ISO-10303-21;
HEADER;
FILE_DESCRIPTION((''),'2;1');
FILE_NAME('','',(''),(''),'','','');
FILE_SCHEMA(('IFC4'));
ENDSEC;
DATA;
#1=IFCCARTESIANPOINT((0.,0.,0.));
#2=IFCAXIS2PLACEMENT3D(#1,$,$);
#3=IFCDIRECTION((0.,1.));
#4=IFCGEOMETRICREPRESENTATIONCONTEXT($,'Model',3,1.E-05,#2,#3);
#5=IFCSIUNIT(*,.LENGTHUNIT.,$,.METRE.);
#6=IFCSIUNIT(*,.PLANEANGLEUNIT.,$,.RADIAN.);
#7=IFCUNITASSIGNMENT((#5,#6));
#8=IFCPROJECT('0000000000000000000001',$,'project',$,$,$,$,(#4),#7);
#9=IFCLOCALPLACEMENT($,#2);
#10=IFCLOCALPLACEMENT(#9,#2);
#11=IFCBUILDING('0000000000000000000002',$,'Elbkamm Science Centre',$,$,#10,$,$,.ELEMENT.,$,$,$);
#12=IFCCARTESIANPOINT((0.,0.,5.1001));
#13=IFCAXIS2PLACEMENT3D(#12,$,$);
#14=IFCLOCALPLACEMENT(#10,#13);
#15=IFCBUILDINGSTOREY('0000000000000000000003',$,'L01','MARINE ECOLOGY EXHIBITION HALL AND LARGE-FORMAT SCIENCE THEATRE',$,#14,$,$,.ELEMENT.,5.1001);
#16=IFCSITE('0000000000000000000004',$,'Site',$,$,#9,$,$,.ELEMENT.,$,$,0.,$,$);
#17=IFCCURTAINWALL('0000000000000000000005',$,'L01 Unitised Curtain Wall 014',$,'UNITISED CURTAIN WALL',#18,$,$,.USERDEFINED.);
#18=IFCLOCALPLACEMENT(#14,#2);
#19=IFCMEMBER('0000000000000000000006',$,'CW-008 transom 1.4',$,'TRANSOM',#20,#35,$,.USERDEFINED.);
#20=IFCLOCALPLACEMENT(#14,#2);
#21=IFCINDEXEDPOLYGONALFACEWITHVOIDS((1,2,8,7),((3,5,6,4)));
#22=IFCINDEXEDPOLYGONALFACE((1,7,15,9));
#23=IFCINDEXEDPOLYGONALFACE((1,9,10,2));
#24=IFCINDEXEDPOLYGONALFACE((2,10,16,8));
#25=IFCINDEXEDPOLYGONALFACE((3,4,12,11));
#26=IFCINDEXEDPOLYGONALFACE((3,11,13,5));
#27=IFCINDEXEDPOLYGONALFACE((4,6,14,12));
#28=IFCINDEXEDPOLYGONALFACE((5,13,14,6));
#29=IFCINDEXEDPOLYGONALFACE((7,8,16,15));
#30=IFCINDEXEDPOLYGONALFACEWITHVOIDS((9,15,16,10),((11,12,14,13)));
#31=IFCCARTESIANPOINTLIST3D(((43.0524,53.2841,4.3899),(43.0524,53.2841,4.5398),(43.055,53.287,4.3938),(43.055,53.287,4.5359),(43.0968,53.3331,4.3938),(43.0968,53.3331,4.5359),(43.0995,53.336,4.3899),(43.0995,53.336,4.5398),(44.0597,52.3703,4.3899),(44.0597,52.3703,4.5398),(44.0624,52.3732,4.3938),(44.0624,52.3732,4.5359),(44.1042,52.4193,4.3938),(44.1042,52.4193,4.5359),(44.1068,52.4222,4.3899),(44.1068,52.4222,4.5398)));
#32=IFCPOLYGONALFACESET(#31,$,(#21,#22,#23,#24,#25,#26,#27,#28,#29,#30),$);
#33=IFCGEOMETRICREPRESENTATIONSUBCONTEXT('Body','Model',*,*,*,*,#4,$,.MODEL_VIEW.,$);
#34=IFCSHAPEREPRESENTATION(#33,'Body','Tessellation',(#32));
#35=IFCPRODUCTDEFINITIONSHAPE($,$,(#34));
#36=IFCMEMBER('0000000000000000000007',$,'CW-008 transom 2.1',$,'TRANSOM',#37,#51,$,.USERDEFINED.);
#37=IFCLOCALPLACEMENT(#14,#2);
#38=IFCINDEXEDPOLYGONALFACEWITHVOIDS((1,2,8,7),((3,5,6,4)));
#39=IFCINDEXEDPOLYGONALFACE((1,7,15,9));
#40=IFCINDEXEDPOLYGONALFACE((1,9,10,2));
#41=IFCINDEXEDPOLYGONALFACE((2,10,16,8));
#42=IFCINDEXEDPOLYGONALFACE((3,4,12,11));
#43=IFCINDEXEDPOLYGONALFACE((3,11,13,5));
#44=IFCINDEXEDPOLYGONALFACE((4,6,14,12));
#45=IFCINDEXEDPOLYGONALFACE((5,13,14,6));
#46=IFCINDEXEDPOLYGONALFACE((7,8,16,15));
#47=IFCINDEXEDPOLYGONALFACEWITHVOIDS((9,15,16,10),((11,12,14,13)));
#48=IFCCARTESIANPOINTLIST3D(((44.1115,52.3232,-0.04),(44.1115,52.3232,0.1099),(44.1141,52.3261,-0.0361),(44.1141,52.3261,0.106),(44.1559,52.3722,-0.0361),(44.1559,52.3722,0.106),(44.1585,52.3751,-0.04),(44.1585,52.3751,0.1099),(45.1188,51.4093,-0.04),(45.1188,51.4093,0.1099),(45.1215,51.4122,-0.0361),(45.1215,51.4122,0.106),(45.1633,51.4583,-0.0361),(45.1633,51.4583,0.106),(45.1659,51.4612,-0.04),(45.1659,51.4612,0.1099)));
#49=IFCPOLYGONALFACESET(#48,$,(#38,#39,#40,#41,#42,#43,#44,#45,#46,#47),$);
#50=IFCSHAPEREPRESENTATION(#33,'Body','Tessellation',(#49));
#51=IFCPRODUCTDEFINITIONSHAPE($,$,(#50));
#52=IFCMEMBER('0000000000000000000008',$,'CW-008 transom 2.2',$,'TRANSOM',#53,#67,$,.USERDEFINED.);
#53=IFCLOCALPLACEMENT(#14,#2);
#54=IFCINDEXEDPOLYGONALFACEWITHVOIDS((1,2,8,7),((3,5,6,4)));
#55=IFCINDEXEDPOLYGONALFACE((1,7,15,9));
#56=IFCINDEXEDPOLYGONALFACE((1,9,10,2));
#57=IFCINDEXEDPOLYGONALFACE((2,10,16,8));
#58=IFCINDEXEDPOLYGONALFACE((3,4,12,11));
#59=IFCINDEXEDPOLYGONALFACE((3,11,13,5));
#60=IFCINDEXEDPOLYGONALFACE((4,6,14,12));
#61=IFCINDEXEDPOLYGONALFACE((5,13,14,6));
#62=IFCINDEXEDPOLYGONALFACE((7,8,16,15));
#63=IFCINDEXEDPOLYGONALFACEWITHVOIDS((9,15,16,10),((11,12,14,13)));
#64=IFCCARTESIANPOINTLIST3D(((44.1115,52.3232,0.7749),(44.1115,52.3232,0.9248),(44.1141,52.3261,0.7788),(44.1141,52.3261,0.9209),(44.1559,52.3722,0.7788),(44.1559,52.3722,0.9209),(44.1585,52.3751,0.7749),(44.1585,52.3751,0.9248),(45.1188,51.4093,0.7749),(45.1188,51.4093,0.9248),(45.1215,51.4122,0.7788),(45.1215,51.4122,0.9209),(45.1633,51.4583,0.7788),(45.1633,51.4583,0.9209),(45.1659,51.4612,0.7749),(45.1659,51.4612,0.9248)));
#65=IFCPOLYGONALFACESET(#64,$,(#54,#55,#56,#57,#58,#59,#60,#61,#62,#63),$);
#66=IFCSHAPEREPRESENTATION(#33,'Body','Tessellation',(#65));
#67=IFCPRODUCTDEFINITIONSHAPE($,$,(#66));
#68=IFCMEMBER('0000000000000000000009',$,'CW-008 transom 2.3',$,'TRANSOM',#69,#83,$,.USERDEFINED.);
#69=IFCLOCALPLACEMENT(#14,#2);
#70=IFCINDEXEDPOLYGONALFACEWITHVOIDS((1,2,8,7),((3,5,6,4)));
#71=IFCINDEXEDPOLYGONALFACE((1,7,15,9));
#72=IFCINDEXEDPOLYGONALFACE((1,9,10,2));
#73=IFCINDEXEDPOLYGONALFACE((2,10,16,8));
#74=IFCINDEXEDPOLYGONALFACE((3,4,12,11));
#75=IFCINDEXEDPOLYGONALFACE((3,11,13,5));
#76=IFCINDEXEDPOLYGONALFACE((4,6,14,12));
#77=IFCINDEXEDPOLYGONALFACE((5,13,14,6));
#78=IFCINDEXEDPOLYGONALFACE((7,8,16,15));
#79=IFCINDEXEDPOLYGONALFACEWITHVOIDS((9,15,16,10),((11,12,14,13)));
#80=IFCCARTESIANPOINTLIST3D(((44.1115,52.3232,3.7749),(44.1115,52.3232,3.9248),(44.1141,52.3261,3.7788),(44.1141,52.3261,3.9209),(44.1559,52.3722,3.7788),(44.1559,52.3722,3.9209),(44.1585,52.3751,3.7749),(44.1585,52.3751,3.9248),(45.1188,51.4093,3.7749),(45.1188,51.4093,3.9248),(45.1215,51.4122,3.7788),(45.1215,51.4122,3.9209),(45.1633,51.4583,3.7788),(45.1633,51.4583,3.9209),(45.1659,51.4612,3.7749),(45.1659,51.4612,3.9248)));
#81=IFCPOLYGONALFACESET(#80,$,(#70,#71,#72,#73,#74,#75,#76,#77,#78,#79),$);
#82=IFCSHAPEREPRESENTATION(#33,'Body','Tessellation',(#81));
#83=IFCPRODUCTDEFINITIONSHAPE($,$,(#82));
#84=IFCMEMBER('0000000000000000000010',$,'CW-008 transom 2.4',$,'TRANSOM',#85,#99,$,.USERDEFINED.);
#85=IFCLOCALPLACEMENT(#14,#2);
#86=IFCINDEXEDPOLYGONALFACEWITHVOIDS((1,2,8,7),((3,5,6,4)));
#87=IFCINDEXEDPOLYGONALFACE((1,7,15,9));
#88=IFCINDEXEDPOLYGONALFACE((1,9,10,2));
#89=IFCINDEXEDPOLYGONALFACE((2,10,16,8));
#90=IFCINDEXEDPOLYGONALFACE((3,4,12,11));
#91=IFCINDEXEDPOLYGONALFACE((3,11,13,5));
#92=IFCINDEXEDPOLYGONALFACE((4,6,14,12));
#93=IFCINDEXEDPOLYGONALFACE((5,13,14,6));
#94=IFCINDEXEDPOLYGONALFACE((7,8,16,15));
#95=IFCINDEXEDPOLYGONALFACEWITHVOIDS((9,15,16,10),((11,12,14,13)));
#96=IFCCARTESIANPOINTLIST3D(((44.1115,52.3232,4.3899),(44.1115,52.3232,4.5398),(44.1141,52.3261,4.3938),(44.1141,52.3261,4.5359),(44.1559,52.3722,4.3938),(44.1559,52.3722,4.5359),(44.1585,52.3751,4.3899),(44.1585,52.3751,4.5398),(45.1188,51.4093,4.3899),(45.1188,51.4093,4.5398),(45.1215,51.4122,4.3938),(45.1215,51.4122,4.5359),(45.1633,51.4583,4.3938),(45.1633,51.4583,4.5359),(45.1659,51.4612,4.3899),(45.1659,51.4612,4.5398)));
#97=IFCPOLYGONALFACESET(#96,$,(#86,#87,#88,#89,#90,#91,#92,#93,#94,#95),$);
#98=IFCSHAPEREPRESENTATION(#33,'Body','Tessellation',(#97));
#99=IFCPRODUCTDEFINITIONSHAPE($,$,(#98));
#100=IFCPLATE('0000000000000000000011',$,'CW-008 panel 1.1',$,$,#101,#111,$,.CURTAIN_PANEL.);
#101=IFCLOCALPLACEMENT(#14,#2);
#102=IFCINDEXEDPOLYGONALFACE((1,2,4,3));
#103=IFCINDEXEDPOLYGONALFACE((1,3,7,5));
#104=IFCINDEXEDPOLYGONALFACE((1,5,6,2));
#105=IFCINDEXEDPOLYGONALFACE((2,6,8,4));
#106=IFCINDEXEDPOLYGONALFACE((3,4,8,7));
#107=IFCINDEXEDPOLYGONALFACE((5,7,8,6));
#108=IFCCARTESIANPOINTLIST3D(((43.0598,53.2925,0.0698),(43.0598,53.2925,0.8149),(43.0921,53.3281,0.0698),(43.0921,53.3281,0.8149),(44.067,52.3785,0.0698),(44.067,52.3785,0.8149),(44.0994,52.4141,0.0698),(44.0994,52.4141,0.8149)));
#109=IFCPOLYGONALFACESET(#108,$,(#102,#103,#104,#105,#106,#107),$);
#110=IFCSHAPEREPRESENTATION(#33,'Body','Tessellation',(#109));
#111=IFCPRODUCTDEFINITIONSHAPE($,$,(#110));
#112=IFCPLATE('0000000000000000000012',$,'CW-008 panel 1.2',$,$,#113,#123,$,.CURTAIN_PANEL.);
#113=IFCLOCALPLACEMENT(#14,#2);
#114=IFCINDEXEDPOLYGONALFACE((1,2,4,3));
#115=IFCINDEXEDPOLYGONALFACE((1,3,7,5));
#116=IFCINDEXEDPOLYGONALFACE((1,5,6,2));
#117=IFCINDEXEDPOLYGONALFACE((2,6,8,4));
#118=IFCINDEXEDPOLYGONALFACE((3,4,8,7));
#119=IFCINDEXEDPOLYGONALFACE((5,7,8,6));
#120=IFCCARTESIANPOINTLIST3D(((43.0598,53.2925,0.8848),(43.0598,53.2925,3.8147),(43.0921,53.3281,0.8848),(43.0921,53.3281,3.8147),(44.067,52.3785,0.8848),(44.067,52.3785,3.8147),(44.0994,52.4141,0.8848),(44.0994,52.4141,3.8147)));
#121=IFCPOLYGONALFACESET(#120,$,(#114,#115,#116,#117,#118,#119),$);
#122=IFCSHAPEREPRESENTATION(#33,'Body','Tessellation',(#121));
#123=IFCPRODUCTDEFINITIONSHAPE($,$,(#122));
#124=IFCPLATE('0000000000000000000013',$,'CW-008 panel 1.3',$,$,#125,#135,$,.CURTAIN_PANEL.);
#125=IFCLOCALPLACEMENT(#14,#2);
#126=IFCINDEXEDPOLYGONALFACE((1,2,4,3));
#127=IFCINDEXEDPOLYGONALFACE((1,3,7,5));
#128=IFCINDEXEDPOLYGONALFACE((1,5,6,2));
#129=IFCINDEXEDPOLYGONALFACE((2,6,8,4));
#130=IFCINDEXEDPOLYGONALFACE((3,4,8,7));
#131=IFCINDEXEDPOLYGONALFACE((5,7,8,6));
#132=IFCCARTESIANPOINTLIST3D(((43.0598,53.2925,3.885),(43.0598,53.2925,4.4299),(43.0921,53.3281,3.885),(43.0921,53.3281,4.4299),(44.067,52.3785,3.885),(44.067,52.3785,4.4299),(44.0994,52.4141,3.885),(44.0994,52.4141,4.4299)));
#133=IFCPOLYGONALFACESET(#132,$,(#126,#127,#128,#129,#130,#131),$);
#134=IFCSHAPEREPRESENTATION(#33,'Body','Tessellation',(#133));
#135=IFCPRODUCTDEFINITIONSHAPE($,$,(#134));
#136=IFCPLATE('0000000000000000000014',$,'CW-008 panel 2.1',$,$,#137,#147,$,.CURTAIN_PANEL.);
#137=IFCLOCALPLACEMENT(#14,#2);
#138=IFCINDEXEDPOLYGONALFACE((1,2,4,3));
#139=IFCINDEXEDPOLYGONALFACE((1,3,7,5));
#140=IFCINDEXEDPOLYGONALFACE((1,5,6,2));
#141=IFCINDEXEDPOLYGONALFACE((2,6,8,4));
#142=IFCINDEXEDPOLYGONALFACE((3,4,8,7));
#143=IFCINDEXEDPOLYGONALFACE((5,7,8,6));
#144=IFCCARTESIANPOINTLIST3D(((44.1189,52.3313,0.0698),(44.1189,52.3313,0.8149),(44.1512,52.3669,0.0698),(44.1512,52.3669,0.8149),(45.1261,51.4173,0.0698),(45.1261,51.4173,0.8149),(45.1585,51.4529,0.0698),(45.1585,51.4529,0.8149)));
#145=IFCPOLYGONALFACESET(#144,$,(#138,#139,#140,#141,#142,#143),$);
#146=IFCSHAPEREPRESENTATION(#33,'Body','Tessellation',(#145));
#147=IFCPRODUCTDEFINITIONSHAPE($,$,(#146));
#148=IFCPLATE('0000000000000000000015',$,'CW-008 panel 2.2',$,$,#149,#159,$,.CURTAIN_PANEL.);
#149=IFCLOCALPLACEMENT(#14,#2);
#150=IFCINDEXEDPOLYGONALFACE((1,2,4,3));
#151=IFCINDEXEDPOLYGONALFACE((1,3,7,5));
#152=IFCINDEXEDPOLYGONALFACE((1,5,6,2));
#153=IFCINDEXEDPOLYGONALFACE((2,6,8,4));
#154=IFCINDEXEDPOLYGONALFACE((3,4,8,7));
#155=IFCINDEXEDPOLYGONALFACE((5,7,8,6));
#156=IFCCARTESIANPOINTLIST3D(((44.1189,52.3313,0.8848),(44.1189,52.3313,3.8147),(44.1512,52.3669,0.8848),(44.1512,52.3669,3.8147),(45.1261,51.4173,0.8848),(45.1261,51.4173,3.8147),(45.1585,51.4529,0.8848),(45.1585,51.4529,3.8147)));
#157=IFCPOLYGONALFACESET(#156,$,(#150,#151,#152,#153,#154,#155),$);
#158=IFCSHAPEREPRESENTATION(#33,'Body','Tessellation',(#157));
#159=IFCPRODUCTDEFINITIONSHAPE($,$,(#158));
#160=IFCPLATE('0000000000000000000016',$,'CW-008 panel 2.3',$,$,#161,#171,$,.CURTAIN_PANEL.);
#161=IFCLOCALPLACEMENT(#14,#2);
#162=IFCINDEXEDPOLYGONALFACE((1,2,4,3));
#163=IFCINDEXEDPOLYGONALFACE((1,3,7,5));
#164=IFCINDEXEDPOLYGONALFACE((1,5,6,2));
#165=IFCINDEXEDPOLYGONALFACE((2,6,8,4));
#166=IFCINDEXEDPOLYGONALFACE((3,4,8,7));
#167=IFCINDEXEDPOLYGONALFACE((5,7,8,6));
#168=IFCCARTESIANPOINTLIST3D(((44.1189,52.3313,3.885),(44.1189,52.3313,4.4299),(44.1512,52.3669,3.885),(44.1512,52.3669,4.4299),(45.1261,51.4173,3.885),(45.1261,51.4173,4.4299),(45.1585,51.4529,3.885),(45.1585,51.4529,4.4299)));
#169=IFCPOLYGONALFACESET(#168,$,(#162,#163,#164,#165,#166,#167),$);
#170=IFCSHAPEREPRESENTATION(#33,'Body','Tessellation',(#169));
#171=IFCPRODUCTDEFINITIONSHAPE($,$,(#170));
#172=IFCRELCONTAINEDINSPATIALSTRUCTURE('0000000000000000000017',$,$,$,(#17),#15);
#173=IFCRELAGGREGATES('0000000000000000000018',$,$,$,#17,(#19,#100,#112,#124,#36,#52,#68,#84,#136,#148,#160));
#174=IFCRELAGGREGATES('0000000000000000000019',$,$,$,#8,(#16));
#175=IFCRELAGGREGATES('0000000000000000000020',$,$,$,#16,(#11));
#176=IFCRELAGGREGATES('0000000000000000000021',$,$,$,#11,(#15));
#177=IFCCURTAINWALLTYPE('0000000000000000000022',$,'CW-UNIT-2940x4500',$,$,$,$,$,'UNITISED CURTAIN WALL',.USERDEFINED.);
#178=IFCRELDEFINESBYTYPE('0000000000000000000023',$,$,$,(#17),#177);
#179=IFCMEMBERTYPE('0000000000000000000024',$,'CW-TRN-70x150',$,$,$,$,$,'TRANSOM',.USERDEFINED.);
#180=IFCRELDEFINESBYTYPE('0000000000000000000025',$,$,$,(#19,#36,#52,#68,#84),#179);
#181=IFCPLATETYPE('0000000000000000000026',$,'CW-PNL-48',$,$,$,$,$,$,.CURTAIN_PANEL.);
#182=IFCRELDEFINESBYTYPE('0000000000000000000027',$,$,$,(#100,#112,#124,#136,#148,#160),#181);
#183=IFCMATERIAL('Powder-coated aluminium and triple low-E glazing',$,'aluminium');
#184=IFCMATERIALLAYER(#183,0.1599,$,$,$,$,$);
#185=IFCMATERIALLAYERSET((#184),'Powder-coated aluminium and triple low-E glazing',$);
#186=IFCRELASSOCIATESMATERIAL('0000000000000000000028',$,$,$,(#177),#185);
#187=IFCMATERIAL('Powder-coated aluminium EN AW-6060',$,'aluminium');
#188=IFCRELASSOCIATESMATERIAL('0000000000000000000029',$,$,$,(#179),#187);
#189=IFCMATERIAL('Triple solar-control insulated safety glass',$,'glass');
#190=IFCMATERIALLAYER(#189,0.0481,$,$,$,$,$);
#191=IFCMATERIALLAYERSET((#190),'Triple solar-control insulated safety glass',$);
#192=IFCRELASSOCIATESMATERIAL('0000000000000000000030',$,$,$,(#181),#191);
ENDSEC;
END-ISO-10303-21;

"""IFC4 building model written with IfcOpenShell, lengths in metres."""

from ifc_helpers import new_model, si_unit, direction, frame, origin, origin_2d, place, context, subcontext, project, spatial, rectangle, hollow_rectangle, extrude, material, layer, layer_set, material_profile, profile_set, type_object, element, aggregate, save


model = new_model("IFC4")

# Units and contexts
model_context = context("Model", 3, precision=1e-05, world=origin(), true_north=direction((0.0, 1.0)))
body_context = subcontext(model_context, "Body", "Model", "MODEL_VIEW")
ifc_project = project(units=[si_unit("LENGTHUNIT", "METRE"), si_unit("PLANEANGLEUNIT", "RADIAN")], contexts=[model_context])

# Site, building, storey
site_placement = place(None, origin())
site = spatial("IfcSite", under=ifc_project, at=site_placement, Name="Site", CompositionType="ELEMENT", RefElevation=0.0)
building_placement = place(site_placement, origin())
building = spatial("IfcBuilding", under=site, at=building_placement, Name="Elbkamm Science Centre", CompositionType="ELEMENT")
storey_placement = place(building_placement, frame((0.0, 0.0, 5.1001)))
storey = spatial("IfcBuildingStorey", under=building, at=storey_placement, Name="L01", Description="MARINE ECOLOGY EXHIBITION HALL AND LARGE-FORMAT SCIENCE THEATRE", CompositionType="ELEMENT", Elevation=5.1001)

# Shared definitions
ifc_material_1 = material(Name="Powder-coated aluminium and triple low-E glazing", Category="aluminium")
ifc_layer_1 = layer(ifc_material_1, 0.1599)
ifc_layer_set_1 = layer_set([ifc_layer_1], Name="Powder-coated aluminium and triple low-E glazing")
curtain_wall_type = type_object("IfcCurtainWallType", Name="CW-UNIT-2940x4500", ElementType="UNITISED CURTAIN WALL", PredefinedType="USERDEFINED", material=ifc_layer_set_1)
ifc_material_2 = material(Name="Powder-coated aluminium EN AW-6060", Category="aluminium")

# Curtain wall, members, plates
curtain_wall_1_placement = place(storey_placement, origin())
curtain_wall_1 = element("IfcCurtainWall", 1, at=curtain_wall_1_placement, inside=storey, type_object=curtain_wall_type, Name="L01 Unitised Curtain Wall 014", ObjectType="UNITISED CURTAIN WALL", PredefinedType="USERDEFINED")
ifc_material_profile_1 = material_profile(ifc_material_2, hollow_rectangle(XDim=0.0701, YDim=0.1499, WallThickness=0.0039, at=origin_2d()), Name="ALU T70x150")
ifc_profile_set_1 = profile_set([ifc_material_profile_1], Name="Powder-coated aluminium EN AW-6060")
member_type_1 = type_object("IfcMemberType", Name="CW-TRN-70x150", ElementType="TRANSOM", PredefinedType="USERDEFINED", material=ifc_profile_set_1)
member_1_placement = place(storey_placement, frame((43.0759, 53.3101, 4.4648), z_axis=(0.740646, -0.671895, 0.0), x_axis=(0.671895, 0.740646, 0.0)))
member_1 = element("IfcMember", 2, at=member_1_placement, type_object=member_type_1, Name="CW-008 transom 1.4", ObjectType="TRANSOM", PredefinedType="USERDEFINED", context=body_context, shape_type="SweptSolid", body=[
    extrude(hollow_rectangle(XDim=0.0701, YDim=0.1499, WallThickness=0.0039, at=origin_2d()), origin(), (0.0, 0.0, 1.0), 1.3601),
])
member_2_placement = place(storey_placement, frame((44.135, 52.3491, 0.0349), z_axis=(0.740646, -0.671895, 0.0), x_axis=(0.671895, 0.740646, 0.0)))
member_2 = element("IfcMember", 3, at=member_2_placement, type_object=member_type_1, Name="CW-008 transom 2.1", ObjectType="TRANSOM", PredefinedType="USERDEFINED", context=body_context, shape_type="SweptSolid", body=[
    extrude(hollow_rectangle(XDim=0.0701, YDim=0.1499, WallThickness=0.0039, at=origin_2d()), origin(), (0.0, 0.0, 1.0), 1.3601),
])
member_3_placement = place(storey_placement, frame((44.135, 52.3491, 0.8499), z_axis=(0.740646, -0.671895, 0.0), x_axis=(0.671895, 0.740646, 0.0)))
member_3 = element("IfcMember", 4, at=member_3_placement, type_object=member_type_1, Name="CW-008 transom 2.2", ObjectType="TRANSOM", PredefinedType="USERDEFINED", context=body_context, shape_type="SweptSolid", body=[
    extrude(hollow_rectangle(XDim=0.0701, YDim=0.1499, WallThickness=0.0039, at=origin_2d()), origin(), (0.0, 0.0, 1.0), 1.3601),
])
member_4_placement = place(storey_placement, frame((44.135, 52.3491, 3.8499), z_axis=(0.740646, -0.671895, 0.0), x_axis=(0.671895, 0.740646, 0.0)))
member_4 = element("IfcMember", 5, at=member_4_placement, type_object=member_type_1, Name="CW-008 transom 2.3", ObjectType="TRANSOM", PredefinedType="USERDEFINED", context=body_context, shape_type="SweptSolid", body=[
    extrude(hollow_rectangle(XDim=0.0701, YDim=0.1499, WallThickness=0.0039, at=origin_2d()), origin(), (0.0, 0.0, 1.0), 1.3601),
])
member_5_placement = place(storey_placement, frame((44.135, 52.3491, 4.4648), z_axis=(0.740646, -0.671895, 0.0), x_axis=(0.671895, 0.740646, 0.0)))
member_5 = element("IfcMember", 6, at=member_5_placement, type_object=member_type_1, Name="CW-008 transom 2.4", ObjectType="TRANSOM", PredefinedType="USERDEFINED", context=body_context, shape_type="SweptSolid", body=[
    extrude(hollow_rectangle(XDim=0.0701, YDim=0.1499, WallThickness=0.0039, at=origin_2d()), origin(), (0.0, 0.0, 1.0), 1.3601),
])
ifc_material_3 = material(Name="Triple solar-control insulated safety glass", Category="glass")
ifc_layer_2 = layer(ifc_material_3, 0.0481)
ifc_layer_set_2 = layer_set([ifc_layer_2], Name="Triple solar-control insulated safety glass")
plate_type = type_object("IfcPlateType", Name="CW-PNL-48", PredefinedType="CURTAIN_PANEL", material=ifc_layer_set_2)
plate_1_placement = place(storey_placement, frame((43.5796, 52.8533, 0.0698), z_axis=(0.0, 0.0, 1.0), x_axis=(0.740557, -0.671993, 0.0)))
plate_1 = element("IfcPlate", 7, at=plate_1_placement, type_object=plate_type, Name="CW-008 panel 1.1", PredefinedType="CURTAIN_PANEL", context=body_context, shape_type="SweptSolid", body=[
    extrude(rectangle(XDim=1.3601, YDim=0.0481, at=origin_2d()), origin(), (0.0, 0.0, 1.0), 0.7451),
])
plate_2_placement = place(storey_placement, frame((43.5796, 52.8533, 0.8848), z_axis=(0.0, 0.0, 1.0), x_axis=(0.740557, -0.671993, 0.0)))
plate_2 = element("IfcPlate", 8, at=plate_2_placement, type_object=plate_type, Name="CW-008 panel 1.2", PredefinedType="CURTAIN_PANEL", context=body_context, shape_type="SweptSolid", body=[
    extrude(rectangle(XDim=1.3601, YDim=0.0481, at=origin_2d()), origin(), (0.0, 0.0, 1.0), 2.9299),
])
plate_3_placement = place(storey_placement, frame((43.5796, 52.8533, 3.885), z_axis=(0.0, 0.0, 1.0), x_axis=(0.740557, -0.671993, 0.0)))
plate_3 = element("IfcPlate", 9, at=plate_3_placement, type_object=plate_type, Name="CW-008 panel 1.3", PredefinedType="CURTAIN_PANEL", context=body_context, shape_type="SweptSolid", body=[
    extrude(rectangle(XDim=1.3601, YDim=0.0481, at=origin_2d()), origin(), (0.0, 0.0, 1.0), 0.5449),
])
plate_4_placement = place(storey_placement, frame((44.6387, 51.8921, 0.0698), z_axis=(0.0, 0.0, 1.0), x_axis=(0.740557, -0.671993, 0.0)))
plate_4 = element("IfcPlate", 10, at=plate_4_placement, type_object=plate_type, Name="CW-008 panel 2.1", PredefinedType="CURTAIN_PANEL", context=body_context, shape_type="SweptSolid", body=[
    extrude(rectangle(XDim=1.3601, YDim=0.0481, at=origin_2d()), origin(), (0.0, 0.0, 1.0), 0.7451),
])
plate_5_placement = place(storey_placement, frame((44.6387, 51.8921, 0.8848), z_axis=(0.0, 0.0, 1.0), x_axis=(0.740557, -0.671993, 0.0)))
plate_5 = element("IfcPlate", 11, at=plate_5_placement, type_object=plate_type, Name="CW-008 panel 2.2", PredefinedType="CURTAIN_PANEL", context=body_context, shape_type="SweptSolid", body=[
    extrude(rectangle(XDim=1.3601, YDim=0.0481, at=origin_2d()), origin(), (0.0, 0.0, 1.0), 2.9299),
])
plate_6_placement = place(storey_placement, frame((44.6387, 51.8921, 3.885), z_axis=(0.0, 0.0, 1.0), x_axis=(0.740557, -0.671993, 0.0)))
plate_6 = element("IfcPlate", 12, at=plate_6_placement, type_object=plate_type, Name="CW-008 panel 2.3", PredefinedType="CURTAIN_PANEL", context=body_context, shape_type="SweptSolid", body=[
    extrude(rectangle(XDim=1.3601, YDim=0.0481, at=origin_2d()), origin(), (0.0, 0.0, 1.0), 0.5449),
])
aggregate(curtain_wall_1, [member_1, plate_1, plate_2, plate_3, member_2, member_3, member_4, member_5, plate_4, plate_5, plate_6])

save(model, "model.ifc")
